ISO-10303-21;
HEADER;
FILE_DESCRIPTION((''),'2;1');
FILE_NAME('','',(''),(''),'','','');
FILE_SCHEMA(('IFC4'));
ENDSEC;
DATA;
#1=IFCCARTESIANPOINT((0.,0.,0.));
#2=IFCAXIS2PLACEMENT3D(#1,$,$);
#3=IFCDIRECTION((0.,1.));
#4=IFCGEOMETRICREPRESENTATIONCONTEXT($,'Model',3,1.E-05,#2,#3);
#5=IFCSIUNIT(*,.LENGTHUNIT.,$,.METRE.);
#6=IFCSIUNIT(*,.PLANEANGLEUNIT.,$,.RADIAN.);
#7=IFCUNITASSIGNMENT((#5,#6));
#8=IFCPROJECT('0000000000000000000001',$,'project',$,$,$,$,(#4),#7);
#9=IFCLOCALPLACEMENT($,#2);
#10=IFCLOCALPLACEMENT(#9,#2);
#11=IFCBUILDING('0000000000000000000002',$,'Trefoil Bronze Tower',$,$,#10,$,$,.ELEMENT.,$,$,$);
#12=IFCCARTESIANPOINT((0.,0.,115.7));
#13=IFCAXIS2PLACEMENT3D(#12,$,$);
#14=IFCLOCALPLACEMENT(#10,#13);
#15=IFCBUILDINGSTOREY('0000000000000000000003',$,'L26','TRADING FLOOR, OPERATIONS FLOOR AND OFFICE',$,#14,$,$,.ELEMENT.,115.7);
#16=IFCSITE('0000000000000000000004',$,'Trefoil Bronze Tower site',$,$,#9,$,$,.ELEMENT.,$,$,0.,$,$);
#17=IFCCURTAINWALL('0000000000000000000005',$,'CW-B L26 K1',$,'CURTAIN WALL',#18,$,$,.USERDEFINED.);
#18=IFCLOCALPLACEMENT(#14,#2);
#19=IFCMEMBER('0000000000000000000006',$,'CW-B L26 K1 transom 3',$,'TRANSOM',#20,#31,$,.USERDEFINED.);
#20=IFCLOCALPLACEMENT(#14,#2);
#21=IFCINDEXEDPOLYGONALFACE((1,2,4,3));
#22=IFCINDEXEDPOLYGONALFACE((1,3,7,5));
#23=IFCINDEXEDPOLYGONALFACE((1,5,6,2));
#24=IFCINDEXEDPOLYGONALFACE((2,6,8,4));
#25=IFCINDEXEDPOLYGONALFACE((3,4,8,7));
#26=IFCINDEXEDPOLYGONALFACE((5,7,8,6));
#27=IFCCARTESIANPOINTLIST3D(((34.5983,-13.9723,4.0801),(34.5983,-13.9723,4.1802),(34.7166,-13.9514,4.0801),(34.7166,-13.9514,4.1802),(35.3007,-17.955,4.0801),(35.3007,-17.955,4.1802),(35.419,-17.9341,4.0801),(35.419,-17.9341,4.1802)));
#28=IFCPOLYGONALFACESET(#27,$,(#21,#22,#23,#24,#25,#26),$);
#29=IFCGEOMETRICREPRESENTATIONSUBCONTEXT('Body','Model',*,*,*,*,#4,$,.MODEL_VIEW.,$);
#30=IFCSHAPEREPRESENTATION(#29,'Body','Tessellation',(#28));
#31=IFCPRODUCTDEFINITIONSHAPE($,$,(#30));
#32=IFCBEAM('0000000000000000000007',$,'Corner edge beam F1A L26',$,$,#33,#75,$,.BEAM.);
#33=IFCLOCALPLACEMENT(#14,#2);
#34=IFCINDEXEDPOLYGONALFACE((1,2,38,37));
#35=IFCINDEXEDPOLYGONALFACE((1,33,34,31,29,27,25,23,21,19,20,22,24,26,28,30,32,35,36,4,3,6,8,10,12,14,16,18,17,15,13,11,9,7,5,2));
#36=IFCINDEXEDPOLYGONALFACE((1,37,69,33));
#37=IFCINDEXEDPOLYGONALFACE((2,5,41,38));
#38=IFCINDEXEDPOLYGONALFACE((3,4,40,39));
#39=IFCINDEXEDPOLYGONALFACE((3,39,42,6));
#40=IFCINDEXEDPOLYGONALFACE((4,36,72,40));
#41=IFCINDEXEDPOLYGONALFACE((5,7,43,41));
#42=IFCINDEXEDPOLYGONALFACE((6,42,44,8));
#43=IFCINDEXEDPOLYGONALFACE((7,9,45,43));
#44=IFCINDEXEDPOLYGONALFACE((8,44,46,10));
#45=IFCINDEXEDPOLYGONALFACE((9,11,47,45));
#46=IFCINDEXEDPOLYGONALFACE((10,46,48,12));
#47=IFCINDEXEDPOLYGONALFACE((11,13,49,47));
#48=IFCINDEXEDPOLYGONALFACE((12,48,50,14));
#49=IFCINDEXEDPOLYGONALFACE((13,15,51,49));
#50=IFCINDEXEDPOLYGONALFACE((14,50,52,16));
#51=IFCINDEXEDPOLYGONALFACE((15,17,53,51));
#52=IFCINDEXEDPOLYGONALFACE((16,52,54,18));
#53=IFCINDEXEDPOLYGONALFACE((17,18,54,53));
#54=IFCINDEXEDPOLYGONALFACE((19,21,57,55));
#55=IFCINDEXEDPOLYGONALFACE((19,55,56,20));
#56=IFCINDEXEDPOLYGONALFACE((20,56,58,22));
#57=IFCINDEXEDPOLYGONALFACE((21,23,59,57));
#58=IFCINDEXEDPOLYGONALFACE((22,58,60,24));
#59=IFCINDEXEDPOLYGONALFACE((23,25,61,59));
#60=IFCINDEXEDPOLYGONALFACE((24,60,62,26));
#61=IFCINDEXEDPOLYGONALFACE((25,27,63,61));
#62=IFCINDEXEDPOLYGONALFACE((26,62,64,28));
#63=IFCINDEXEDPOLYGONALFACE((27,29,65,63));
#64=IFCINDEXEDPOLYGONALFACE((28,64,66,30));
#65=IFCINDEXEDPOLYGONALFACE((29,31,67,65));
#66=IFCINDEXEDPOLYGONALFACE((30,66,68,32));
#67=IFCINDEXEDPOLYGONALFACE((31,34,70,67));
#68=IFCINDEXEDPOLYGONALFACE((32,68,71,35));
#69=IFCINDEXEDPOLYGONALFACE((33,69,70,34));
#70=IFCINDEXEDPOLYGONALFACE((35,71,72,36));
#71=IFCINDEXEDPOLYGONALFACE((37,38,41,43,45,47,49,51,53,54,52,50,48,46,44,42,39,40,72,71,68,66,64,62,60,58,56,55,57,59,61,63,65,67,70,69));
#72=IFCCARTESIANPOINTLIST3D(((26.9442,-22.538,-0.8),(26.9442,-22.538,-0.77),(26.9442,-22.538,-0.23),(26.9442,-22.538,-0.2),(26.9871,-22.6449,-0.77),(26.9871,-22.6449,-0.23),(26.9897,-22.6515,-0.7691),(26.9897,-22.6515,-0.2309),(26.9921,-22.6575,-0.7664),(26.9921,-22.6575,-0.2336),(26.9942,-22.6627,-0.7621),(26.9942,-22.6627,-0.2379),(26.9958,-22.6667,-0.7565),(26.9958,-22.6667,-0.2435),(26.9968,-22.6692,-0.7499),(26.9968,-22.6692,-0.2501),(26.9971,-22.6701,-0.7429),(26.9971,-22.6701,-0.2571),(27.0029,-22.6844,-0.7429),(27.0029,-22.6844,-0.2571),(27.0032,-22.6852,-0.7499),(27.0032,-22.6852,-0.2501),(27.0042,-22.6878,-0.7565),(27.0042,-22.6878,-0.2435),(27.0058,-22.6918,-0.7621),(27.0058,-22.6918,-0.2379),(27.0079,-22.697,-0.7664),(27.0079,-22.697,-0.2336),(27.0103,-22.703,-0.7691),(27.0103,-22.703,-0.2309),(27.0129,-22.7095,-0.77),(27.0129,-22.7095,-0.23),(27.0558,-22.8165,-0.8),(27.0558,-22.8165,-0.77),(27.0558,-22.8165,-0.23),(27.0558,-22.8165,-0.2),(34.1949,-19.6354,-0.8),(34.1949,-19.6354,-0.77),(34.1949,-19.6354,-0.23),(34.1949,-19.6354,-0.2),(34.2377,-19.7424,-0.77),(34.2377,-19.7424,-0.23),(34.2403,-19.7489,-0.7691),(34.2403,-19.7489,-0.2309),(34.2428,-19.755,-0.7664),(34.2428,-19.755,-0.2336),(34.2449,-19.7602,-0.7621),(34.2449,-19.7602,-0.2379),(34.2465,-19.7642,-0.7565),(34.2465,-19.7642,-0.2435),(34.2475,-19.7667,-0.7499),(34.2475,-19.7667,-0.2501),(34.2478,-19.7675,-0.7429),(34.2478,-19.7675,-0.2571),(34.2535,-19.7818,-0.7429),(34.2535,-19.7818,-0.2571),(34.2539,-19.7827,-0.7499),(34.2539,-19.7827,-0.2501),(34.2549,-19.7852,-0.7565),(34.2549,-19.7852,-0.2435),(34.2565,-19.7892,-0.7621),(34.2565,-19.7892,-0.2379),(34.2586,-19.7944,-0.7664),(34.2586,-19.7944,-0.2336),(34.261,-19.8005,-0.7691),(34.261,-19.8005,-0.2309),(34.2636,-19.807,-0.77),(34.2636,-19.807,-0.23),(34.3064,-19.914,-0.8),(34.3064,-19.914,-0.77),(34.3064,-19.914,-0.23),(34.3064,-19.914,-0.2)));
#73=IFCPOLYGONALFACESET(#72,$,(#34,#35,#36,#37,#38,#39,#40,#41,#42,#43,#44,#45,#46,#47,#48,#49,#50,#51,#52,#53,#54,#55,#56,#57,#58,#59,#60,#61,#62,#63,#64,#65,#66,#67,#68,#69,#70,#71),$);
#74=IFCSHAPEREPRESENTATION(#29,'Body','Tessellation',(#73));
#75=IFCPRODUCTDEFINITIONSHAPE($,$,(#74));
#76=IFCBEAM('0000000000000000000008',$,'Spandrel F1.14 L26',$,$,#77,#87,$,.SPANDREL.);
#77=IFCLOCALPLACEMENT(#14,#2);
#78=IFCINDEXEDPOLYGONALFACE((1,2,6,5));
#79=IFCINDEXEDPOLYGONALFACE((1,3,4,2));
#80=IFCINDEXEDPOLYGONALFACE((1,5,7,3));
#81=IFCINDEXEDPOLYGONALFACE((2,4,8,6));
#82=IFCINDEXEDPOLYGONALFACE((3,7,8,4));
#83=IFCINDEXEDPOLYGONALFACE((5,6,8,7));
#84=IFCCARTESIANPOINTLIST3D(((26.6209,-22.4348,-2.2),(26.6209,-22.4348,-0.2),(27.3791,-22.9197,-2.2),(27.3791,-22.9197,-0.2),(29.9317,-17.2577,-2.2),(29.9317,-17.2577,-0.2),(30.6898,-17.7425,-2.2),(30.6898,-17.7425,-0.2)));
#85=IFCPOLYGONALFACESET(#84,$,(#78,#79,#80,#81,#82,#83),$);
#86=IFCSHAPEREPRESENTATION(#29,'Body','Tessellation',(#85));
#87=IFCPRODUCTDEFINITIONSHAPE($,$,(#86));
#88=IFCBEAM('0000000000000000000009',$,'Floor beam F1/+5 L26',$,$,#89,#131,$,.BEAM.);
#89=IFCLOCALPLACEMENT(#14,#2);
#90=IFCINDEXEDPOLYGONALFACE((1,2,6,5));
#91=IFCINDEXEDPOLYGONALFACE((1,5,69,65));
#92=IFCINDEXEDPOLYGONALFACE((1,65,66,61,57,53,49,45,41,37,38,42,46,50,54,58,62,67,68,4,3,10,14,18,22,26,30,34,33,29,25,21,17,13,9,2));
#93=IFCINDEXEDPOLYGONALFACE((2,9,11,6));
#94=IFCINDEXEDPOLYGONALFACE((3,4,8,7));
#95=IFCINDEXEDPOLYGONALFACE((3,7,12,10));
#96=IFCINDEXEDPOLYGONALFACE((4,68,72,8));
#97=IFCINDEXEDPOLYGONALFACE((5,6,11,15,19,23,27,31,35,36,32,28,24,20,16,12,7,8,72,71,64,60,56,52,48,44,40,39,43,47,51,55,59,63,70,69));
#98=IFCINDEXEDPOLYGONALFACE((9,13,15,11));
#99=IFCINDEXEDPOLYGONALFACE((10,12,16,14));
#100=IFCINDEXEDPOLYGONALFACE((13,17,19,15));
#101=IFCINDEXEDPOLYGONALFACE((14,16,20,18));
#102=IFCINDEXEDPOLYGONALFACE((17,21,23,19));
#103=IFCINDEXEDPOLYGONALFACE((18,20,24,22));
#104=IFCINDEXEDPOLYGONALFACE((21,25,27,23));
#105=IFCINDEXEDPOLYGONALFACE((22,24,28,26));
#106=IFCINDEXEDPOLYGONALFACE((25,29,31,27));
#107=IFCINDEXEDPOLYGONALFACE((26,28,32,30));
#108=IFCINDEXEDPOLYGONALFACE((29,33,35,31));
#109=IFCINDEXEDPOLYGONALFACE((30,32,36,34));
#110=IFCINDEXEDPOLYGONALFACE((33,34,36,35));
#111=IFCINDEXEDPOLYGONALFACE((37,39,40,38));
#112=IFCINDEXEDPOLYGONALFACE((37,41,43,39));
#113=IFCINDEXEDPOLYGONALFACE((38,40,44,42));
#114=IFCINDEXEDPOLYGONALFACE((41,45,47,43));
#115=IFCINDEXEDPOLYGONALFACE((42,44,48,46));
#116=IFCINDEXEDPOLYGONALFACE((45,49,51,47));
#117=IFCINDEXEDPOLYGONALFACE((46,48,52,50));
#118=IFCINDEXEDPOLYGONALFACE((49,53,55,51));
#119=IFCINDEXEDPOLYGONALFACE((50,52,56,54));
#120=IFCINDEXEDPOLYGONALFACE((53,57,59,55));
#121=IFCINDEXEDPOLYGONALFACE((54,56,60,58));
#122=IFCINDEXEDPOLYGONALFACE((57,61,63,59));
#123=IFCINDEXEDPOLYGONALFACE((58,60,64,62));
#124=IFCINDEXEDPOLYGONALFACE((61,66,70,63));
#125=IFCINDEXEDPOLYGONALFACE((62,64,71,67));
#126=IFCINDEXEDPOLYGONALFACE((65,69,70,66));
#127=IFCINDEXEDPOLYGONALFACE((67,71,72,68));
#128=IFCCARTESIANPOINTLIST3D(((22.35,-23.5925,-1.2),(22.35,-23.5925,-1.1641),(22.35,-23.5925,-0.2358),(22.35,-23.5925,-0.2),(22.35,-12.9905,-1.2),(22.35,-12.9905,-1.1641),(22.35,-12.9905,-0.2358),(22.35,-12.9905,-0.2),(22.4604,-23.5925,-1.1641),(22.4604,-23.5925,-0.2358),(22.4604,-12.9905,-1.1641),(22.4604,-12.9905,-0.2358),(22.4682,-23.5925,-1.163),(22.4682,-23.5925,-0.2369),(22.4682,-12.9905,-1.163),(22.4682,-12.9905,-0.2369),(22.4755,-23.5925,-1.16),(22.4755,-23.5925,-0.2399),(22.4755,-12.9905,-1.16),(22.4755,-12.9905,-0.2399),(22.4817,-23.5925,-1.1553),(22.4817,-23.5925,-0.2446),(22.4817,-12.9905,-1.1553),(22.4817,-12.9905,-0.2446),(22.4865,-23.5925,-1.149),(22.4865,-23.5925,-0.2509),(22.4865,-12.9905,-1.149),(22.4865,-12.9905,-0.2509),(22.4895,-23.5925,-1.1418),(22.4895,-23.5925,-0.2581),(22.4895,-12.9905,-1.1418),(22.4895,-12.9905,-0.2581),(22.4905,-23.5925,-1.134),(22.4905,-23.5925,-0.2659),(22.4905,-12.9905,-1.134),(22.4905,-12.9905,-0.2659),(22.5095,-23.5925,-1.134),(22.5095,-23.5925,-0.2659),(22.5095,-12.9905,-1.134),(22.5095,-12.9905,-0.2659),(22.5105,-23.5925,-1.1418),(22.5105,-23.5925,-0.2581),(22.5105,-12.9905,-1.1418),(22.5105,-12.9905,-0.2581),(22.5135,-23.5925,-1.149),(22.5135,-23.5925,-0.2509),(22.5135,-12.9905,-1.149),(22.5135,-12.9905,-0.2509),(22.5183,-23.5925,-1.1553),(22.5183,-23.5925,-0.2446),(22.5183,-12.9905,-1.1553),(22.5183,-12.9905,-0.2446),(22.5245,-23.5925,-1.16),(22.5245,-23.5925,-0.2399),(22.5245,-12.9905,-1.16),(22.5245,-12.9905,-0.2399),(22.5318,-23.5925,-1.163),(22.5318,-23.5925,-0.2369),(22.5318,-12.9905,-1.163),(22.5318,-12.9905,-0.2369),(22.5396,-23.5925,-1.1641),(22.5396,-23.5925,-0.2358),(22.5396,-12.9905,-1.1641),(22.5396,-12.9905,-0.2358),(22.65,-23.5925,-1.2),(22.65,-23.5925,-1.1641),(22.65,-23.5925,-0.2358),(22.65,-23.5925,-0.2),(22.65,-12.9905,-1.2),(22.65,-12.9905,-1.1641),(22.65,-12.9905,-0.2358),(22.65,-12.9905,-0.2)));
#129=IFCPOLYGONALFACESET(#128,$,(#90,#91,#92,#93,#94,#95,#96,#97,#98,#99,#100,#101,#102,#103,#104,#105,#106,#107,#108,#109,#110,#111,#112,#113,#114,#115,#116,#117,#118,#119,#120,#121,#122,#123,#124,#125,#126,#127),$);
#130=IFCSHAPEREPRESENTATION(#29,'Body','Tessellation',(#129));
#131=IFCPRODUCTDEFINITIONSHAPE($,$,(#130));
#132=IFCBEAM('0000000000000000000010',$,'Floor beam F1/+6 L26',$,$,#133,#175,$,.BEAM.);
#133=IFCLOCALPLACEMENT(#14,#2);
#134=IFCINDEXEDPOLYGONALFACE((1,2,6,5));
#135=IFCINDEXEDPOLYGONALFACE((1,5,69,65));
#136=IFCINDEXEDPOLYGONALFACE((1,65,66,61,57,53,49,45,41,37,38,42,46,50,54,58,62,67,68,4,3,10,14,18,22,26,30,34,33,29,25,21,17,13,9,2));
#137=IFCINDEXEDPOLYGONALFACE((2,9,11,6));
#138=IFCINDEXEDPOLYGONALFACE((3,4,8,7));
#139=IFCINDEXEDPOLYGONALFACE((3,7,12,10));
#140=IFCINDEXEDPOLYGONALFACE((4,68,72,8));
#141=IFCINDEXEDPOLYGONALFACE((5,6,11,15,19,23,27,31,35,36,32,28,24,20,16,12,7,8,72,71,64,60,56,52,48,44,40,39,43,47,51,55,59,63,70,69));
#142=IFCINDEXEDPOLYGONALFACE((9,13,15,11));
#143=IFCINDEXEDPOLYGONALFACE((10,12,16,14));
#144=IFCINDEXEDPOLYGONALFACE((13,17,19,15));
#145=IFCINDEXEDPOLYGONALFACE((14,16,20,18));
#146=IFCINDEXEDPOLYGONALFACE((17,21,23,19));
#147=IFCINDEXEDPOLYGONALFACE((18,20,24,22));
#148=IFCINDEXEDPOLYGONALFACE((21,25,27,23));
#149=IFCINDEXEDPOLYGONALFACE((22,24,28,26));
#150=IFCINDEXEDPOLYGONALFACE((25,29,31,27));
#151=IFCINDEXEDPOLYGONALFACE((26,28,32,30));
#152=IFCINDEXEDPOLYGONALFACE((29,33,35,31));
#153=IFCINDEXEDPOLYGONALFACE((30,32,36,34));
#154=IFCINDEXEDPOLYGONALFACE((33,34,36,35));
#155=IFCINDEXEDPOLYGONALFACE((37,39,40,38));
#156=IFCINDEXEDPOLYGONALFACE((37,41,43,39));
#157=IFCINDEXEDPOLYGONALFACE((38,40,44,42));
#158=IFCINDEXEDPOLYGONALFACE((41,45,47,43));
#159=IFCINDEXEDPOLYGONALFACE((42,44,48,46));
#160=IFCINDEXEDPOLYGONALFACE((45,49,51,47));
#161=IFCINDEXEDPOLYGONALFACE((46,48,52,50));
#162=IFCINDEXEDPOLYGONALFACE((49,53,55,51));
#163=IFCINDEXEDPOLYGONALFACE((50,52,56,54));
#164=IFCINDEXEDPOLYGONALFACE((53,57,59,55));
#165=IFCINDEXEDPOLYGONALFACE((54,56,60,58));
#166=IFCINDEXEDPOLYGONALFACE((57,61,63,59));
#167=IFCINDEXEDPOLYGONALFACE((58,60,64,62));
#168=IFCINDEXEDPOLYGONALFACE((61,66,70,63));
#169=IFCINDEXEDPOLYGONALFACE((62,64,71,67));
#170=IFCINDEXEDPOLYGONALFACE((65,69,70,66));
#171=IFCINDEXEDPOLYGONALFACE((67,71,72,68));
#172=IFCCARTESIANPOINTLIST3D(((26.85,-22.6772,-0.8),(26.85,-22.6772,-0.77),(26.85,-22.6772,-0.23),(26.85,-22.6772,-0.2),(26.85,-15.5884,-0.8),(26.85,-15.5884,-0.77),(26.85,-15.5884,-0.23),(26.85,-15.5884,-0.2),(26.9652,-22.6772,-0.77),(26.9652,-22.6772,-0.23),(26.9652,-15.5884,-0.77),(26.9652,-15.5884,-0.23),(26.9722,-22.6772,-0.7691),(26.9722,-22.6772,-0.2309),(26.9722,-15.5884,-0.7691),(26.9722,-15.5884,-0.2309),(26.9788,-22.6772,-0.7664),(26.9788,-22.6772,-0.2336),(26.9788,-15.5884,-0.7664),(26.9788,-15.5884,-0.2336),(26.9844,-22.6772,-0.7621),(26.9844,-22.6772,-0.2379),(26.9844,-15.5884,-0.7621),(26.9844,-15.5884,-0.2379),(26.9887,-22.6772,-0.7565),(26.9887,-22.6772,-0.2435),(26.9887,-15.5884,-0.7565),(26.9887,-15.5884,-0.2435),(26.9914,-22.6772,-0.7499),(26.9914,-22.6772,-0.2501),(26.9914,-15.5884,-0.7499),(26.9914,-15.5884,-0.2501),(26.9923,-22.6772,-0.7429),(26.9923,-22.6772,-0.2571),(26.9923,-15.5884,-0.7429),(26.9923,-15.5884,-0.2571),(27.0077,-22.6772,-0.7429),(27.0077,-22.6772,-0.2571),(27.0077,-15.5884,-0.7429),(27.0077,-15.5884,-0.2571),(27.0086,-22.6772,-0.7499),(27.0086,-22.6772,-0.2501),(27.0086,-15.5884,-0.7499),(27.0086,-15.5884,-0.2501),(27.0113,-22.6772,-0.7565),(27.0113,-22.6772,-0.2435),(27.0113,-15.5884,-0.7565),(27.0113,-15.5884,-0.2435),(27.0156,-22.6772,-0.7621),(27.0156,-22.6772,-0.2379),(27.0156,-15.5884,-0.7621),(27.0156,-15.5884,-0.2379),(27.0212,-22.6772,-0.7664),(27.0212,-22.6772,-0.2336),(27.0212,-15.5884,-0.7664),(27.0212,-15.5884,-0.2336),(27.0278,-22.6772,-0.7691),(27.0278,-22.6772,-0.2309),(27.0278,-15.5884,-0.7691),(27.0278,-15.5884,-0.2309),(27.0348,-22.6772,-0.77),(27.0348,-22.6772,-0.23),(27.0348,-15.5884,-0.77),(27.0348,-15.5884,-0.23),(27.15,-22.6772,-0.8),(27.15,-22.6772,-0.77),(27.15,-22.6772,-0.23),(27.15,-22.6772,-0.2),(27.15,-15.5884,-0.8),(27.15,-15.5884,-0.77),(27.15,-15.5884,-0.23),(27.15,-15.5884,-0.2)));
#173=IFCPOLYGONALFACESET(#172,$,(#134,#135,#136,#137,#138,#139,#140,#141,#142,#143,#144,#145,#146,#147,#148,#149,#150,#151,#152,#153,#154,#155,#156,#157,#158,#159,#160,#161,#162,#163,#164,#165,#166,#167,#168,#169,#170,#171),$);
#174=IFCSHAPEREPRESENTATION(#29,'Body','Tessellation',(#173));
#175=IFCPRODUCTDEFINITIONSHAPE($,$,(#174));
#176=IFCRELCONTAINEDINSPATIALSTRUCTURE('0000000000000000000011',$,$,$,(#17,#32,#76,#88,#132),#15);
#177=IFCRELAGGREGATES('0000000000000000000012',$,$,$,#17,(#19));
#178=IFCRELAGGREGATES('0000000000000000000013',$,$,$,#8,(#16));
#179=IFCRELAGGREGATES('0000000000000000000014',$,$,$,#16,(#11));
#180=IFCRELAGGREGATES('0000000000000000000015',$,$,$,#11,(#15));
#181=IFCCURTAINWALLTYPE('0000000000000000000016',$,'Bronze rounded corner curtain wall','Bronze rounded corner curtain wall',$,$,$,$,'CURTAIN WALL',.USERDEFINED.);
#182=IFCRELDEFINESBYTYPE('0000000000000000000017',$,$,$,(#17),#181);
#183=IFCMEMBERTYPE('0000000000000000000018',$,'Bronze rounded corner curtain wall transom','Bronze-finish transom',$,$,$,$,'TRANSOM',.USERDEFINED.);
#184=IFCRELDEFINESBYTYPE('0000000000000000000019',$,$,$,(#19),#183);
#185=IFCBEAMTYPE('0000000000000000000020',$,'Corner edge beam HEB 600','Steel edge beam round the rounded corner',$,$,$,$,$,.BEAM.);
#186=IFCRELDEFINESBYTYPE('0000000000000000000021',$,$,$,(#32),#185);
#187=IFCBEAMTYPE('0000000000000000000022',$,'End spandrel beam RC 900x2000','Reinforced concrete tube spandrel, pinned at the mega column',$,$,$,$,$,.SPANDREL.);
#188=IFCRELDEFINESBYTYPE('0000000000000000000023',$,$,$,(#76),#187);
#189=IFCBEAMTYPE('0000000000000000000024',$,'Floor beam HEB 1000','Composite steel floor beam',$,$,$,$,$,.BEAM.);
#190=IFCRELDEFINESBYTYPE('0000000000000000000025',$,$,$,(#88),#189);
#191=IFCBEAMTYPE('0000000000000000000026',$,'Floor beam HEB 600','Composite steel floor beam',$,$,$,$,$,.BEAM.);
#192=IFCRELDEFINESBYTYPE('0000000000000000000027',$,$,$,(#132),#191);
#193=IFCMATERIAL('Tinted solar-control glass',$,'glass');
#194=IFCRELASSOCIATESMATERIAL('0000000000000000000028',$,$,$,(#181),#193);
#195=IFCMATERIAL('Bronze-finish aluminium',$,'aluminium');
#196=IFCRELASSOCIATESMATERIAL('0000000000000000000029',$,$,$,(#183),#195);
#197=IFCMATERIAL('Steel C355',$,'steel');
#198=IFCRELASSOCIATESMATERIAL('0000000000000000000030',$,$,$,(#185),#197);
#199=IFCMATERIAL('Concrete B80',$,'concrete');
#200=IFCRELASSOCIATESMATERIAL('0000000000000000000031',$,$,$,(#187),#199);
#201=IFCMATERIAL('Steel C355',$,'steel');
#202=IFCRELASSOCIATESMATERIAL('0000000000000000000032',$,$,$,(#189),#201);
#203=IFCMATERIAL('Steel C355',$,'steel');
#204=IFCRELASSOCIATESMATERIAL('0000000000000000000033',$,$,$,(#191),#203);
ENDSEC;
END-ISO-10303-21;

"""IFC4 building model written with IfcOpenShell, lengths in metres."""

from ifc_helpers import new_model, si_unit, direction, frame, origin, origin_2d, place, context, subcontext, project, spatial, rectangle, i_section, extrude, material, material_profile, profile_set, type_object, element, aggregate, save


model = new_model("IFC4")

# Units and contexts
model_context = context("Model", 3, precision=1e-05, world=origin(), true_north=direction((0.0, 1.0)))
body_context = subcontext(model_context, "Body", "Model", "MODEL_VIEW")
ifc_project = project(units=[si_unit("LENGTHUNIT", "METRE"), si_unit("PLANEANGLEUNIT", "RADIAN")], contexts=[model_context])

# Site, building, storey
site_placement = place(None, origin())
site = spatial("IfcSite", under=ifc_project, at=site_placement, Name="Trefoil Bronze Tower site", CompositionType="ELEMENT", RefElevation=0.0)
building_placement = place(site_placement, origin())
building = spatial("IfcBuilding", under=site, at=building_placement, Name="Trefoil Bronze Tower", CompositionType="ELEMENT")
storey_placement = place(building_placement, frame((0.0, 0.0, 115.7)))
storey = spatial("IfcBuildingStorey", under=building, at=storey_placement, Name="L26", Description="TRADING FLOOR, OPERATIONS FLOOR AND OFFICE", CompositionType="ELEMENT", Elevation=115.7)

# Curtain wall, member
ifc_material_1 = material(Name="Tinted solar-control glass", Category="glass")
curtain_wall_type_1 = type_object("IfcCurtainWallType", Name="Bronze rounded corner curtain wall", Description="Bronze rounded corner curtain wall", ElementType="CURTAIN WALL", PredefinedType="USERDEFINED", material=ifc_material_1)
curtain_wall_1_placement = place(storey_placement, origin())
curtain_wall_1 = element("IfcCurtainWall", 1, at=curtain_wall_1_placement, inside=storey, type_object=curtain_wall_type_1, Name="CW-B L26 K1", ObjectType="CURTAIN WALL", PredefinedType="USERDEFINED")
ifc_material_2 = material(Name="Bronze-finish aluminium", Category="aluminium")
ifc_material_profile_1 = material_profile(ifc_material_2, rectangle(XDim=0.1201, YDim=0.1001, at=origin_2d()), Name="CW-B transom")
ifc_profile_set_1 = profile_set([ifc_material_profile_1], Name="Bronze-finish aluminium")
member_type_1 = type_object("IfcMemberType", Name="Bronze rounded corner curtain wall transom", Description="Bronze-finish transom", ElementType="TRANSOM", PredefinedType="USERDEFINED", material=ifc_profile_set_1)
member_1_placement = place(storey_placement, frame((35.3599, -17.9446, 4.1301), z_axis=(-0.173682, 0.984802, 0.0), x_axis=(-0.984802, -0.173682, 0.0)))
member_1 = element("IfcMember", 2, at=member_1_placement, type_object=member_type_1, Name="CW-B L26 K1 transom 3", ObjectType="TRANSOM", PredefinedType="USERDEFINED", context=body_context, shape_type="SweptSolid", body=[
    extrude(rectangle(XDim=0.1201, YDim=0.1001, at=origin_2d()), origin(), (0.0, 0.0, 1.0), 4.0442),
])

# Beams
ifc_material_3 = material(Name="Steel C355", Category="steel")
ifc_material_profile_2 = material_profile(ifc_material_3, i_section(OverallWidth=0.3, OverallDepth=0.6001, WebThickness=0.0154, FlangeThickness=0.03, FilletRadius=0.0271, at=origin_2d()), Name="HEB 600")
ifc_profile_set_2 = profile_set([ifc_material_profile_2], Name="Steel C355")
beam_type_1 = type_object("IfcBeamType", Name="Corner edge beam HEB 600", Description="Steel edge beam round the rounded corner", PredefinedType="BEAM", material=ifc_profile_set_2)
beam_1_placement = place(storey_placement, frame((27.0, -22.6772, -0.5), z_axis=(0.928375, 0.371644, 0.0), x_axis=(-0.371644, 0.928375, 0.0)))
element("IfcBeam", 3, at=beam_1_placement, inside=storey, type_object=beam_type_1, Name="Corner edge beam F1A L26", PredefinedType="BEAM", context=body_context, shape_type="SweptSolid", body=[
    extrude(i_section(OverallWidth=0.3, OverallDepth=0.6001, WebThickness=0.0154, FlangeThickness=0.03, FilletRadius=0.0271, at=origin_2d()), origin(), (0.0, 0.0, 1.0), 7.8101),
])
ifc_material_4 = material(Name="Concrete B80", Category="concrete")
ifc_material_profile_3 = material_profile(ifc_material_4, rectangle(XDim=0.8999, YDim=2.0, at=origin_2d()), Name="RC 900x2000")
ifc_profile_set_3 = profile_set([ifc_material_profile_3], Name="Concrete B80")
beam_type_2 = type_object("IfcBeamType", Name="End spandrel beam RC 900x2000", Description="Reinforced concrete tube spandrel, pinned at the mega column", PredefinedType="SPANDREL", material=ifc_profile_set_3)
beam_2_placement = place(storey_placement, frame((27.0, -22.6772, -1.2), z_axis=(0.538748, 0.842467, 0.0), x_axis=(-0.842467, 0.538748, 0.0)))
element("IfcBeam", 4, at=beam_2_placement, inside=storey, type_object=beam_type_2, Name="Spandrel F1.14 L26", PredefinedType="SPANDREL", context=body_context, shape_type="SweptSolid", body=[
    extrude(rectangle(XDim=0.8999, YDim=2.0, at=origin_2d()), origin(), (0.0, 0.0, 1.0), 6.1453),
])
ifc_material_5 = material(Name="Steel C355", Category="steel")
ifc_material_profile_4 = material_profile(ifc_material_5, i_section(OverallWidth=0.3, OverallDepth=1.0, WebThickness=0.019, FlangeThickness=0.0359, FilletRadius=0.03, at=origin_2d()), Name="HEB 1000")
ifc_profile_set_4 = profile_set([ifc_material_profile_4], Name="Steel C355")
beam_type_3 = type_object("IfcBeamType", Name="Floor beam HEB 1000", Description="Composite steel floor beam", PredefinedType="BEAM", material=ifc_profile_set_4)
beam_3_placement = place(storey_placement, frame((22.5, -23.5925, -0.7), z_axis=(0.0, 1.0, 0.0), x_axis=(-1.0, 0.0, 0.0)))
element("IfcBeam", 5, at=beam_3_placement, inside=storey, type_object=beam_type_3, Name="Floor beam F1/+5 L26", PredefinedType="BEAM", context=body_context, shape_type="SweptSolid", body=[
    extrude(i_section(OverallWidth=0.3, OverallDepth=1.0, WebThickness=0.019, FlangeThickness=0.0359, FilletRadius=0.03, at=origin_2d()), origin(), (0.0, 0.0, 1.0), 10.6021),
])
ifc_material_6 = material(Name="Steel C355", Category="steel")
ifc_material_profile_5 = material_profile(ifc_material_6, i_section(OverallWidth=0.3, OverallDepth=0.6001, WebThickness=0.0154, FlangeThickness=0.03, FilletRadius=0.0271, at=origin_2d()), Name="HEB 600")
ifc_profile_set_5 = profile_set([ifc_material_profile_5], Name="Steel C355")
beam_type_4 = type_object("IfcBeamType", Name="Floor beam HEB 600", Description="Composite steel floor beam", PredefinedType="BEAM", material=ifc_profile_set_5)
beam_4_placement = place(storey_placement, frame((27.0, -22.6772, -0.5), z_axis=(0.0, 1.0, 0.0), x_axis=(-1.0, 0.0, 0.0)))
element("IfcBeam", 6, at=beam_4_placement, inside=storey, type_object=beam_type_4, Name="Floor beam F1/+6 L26", PredefinedType="BEAM", context=body_context, shape_type="SweptSolid", body=[
    extrude(i_section(OverallWidth=0.3, OverallDepth=0.6001, WebThickness=0.0154, FlangeThickness=0.03, FilletRadius=0.0271, at=origin_2d()), origin(), (0.0, 0.0, 1.0), 7.0889),
])

aggregate(curtain_wall_1, [member_1])

save(model, "model.ifc")
